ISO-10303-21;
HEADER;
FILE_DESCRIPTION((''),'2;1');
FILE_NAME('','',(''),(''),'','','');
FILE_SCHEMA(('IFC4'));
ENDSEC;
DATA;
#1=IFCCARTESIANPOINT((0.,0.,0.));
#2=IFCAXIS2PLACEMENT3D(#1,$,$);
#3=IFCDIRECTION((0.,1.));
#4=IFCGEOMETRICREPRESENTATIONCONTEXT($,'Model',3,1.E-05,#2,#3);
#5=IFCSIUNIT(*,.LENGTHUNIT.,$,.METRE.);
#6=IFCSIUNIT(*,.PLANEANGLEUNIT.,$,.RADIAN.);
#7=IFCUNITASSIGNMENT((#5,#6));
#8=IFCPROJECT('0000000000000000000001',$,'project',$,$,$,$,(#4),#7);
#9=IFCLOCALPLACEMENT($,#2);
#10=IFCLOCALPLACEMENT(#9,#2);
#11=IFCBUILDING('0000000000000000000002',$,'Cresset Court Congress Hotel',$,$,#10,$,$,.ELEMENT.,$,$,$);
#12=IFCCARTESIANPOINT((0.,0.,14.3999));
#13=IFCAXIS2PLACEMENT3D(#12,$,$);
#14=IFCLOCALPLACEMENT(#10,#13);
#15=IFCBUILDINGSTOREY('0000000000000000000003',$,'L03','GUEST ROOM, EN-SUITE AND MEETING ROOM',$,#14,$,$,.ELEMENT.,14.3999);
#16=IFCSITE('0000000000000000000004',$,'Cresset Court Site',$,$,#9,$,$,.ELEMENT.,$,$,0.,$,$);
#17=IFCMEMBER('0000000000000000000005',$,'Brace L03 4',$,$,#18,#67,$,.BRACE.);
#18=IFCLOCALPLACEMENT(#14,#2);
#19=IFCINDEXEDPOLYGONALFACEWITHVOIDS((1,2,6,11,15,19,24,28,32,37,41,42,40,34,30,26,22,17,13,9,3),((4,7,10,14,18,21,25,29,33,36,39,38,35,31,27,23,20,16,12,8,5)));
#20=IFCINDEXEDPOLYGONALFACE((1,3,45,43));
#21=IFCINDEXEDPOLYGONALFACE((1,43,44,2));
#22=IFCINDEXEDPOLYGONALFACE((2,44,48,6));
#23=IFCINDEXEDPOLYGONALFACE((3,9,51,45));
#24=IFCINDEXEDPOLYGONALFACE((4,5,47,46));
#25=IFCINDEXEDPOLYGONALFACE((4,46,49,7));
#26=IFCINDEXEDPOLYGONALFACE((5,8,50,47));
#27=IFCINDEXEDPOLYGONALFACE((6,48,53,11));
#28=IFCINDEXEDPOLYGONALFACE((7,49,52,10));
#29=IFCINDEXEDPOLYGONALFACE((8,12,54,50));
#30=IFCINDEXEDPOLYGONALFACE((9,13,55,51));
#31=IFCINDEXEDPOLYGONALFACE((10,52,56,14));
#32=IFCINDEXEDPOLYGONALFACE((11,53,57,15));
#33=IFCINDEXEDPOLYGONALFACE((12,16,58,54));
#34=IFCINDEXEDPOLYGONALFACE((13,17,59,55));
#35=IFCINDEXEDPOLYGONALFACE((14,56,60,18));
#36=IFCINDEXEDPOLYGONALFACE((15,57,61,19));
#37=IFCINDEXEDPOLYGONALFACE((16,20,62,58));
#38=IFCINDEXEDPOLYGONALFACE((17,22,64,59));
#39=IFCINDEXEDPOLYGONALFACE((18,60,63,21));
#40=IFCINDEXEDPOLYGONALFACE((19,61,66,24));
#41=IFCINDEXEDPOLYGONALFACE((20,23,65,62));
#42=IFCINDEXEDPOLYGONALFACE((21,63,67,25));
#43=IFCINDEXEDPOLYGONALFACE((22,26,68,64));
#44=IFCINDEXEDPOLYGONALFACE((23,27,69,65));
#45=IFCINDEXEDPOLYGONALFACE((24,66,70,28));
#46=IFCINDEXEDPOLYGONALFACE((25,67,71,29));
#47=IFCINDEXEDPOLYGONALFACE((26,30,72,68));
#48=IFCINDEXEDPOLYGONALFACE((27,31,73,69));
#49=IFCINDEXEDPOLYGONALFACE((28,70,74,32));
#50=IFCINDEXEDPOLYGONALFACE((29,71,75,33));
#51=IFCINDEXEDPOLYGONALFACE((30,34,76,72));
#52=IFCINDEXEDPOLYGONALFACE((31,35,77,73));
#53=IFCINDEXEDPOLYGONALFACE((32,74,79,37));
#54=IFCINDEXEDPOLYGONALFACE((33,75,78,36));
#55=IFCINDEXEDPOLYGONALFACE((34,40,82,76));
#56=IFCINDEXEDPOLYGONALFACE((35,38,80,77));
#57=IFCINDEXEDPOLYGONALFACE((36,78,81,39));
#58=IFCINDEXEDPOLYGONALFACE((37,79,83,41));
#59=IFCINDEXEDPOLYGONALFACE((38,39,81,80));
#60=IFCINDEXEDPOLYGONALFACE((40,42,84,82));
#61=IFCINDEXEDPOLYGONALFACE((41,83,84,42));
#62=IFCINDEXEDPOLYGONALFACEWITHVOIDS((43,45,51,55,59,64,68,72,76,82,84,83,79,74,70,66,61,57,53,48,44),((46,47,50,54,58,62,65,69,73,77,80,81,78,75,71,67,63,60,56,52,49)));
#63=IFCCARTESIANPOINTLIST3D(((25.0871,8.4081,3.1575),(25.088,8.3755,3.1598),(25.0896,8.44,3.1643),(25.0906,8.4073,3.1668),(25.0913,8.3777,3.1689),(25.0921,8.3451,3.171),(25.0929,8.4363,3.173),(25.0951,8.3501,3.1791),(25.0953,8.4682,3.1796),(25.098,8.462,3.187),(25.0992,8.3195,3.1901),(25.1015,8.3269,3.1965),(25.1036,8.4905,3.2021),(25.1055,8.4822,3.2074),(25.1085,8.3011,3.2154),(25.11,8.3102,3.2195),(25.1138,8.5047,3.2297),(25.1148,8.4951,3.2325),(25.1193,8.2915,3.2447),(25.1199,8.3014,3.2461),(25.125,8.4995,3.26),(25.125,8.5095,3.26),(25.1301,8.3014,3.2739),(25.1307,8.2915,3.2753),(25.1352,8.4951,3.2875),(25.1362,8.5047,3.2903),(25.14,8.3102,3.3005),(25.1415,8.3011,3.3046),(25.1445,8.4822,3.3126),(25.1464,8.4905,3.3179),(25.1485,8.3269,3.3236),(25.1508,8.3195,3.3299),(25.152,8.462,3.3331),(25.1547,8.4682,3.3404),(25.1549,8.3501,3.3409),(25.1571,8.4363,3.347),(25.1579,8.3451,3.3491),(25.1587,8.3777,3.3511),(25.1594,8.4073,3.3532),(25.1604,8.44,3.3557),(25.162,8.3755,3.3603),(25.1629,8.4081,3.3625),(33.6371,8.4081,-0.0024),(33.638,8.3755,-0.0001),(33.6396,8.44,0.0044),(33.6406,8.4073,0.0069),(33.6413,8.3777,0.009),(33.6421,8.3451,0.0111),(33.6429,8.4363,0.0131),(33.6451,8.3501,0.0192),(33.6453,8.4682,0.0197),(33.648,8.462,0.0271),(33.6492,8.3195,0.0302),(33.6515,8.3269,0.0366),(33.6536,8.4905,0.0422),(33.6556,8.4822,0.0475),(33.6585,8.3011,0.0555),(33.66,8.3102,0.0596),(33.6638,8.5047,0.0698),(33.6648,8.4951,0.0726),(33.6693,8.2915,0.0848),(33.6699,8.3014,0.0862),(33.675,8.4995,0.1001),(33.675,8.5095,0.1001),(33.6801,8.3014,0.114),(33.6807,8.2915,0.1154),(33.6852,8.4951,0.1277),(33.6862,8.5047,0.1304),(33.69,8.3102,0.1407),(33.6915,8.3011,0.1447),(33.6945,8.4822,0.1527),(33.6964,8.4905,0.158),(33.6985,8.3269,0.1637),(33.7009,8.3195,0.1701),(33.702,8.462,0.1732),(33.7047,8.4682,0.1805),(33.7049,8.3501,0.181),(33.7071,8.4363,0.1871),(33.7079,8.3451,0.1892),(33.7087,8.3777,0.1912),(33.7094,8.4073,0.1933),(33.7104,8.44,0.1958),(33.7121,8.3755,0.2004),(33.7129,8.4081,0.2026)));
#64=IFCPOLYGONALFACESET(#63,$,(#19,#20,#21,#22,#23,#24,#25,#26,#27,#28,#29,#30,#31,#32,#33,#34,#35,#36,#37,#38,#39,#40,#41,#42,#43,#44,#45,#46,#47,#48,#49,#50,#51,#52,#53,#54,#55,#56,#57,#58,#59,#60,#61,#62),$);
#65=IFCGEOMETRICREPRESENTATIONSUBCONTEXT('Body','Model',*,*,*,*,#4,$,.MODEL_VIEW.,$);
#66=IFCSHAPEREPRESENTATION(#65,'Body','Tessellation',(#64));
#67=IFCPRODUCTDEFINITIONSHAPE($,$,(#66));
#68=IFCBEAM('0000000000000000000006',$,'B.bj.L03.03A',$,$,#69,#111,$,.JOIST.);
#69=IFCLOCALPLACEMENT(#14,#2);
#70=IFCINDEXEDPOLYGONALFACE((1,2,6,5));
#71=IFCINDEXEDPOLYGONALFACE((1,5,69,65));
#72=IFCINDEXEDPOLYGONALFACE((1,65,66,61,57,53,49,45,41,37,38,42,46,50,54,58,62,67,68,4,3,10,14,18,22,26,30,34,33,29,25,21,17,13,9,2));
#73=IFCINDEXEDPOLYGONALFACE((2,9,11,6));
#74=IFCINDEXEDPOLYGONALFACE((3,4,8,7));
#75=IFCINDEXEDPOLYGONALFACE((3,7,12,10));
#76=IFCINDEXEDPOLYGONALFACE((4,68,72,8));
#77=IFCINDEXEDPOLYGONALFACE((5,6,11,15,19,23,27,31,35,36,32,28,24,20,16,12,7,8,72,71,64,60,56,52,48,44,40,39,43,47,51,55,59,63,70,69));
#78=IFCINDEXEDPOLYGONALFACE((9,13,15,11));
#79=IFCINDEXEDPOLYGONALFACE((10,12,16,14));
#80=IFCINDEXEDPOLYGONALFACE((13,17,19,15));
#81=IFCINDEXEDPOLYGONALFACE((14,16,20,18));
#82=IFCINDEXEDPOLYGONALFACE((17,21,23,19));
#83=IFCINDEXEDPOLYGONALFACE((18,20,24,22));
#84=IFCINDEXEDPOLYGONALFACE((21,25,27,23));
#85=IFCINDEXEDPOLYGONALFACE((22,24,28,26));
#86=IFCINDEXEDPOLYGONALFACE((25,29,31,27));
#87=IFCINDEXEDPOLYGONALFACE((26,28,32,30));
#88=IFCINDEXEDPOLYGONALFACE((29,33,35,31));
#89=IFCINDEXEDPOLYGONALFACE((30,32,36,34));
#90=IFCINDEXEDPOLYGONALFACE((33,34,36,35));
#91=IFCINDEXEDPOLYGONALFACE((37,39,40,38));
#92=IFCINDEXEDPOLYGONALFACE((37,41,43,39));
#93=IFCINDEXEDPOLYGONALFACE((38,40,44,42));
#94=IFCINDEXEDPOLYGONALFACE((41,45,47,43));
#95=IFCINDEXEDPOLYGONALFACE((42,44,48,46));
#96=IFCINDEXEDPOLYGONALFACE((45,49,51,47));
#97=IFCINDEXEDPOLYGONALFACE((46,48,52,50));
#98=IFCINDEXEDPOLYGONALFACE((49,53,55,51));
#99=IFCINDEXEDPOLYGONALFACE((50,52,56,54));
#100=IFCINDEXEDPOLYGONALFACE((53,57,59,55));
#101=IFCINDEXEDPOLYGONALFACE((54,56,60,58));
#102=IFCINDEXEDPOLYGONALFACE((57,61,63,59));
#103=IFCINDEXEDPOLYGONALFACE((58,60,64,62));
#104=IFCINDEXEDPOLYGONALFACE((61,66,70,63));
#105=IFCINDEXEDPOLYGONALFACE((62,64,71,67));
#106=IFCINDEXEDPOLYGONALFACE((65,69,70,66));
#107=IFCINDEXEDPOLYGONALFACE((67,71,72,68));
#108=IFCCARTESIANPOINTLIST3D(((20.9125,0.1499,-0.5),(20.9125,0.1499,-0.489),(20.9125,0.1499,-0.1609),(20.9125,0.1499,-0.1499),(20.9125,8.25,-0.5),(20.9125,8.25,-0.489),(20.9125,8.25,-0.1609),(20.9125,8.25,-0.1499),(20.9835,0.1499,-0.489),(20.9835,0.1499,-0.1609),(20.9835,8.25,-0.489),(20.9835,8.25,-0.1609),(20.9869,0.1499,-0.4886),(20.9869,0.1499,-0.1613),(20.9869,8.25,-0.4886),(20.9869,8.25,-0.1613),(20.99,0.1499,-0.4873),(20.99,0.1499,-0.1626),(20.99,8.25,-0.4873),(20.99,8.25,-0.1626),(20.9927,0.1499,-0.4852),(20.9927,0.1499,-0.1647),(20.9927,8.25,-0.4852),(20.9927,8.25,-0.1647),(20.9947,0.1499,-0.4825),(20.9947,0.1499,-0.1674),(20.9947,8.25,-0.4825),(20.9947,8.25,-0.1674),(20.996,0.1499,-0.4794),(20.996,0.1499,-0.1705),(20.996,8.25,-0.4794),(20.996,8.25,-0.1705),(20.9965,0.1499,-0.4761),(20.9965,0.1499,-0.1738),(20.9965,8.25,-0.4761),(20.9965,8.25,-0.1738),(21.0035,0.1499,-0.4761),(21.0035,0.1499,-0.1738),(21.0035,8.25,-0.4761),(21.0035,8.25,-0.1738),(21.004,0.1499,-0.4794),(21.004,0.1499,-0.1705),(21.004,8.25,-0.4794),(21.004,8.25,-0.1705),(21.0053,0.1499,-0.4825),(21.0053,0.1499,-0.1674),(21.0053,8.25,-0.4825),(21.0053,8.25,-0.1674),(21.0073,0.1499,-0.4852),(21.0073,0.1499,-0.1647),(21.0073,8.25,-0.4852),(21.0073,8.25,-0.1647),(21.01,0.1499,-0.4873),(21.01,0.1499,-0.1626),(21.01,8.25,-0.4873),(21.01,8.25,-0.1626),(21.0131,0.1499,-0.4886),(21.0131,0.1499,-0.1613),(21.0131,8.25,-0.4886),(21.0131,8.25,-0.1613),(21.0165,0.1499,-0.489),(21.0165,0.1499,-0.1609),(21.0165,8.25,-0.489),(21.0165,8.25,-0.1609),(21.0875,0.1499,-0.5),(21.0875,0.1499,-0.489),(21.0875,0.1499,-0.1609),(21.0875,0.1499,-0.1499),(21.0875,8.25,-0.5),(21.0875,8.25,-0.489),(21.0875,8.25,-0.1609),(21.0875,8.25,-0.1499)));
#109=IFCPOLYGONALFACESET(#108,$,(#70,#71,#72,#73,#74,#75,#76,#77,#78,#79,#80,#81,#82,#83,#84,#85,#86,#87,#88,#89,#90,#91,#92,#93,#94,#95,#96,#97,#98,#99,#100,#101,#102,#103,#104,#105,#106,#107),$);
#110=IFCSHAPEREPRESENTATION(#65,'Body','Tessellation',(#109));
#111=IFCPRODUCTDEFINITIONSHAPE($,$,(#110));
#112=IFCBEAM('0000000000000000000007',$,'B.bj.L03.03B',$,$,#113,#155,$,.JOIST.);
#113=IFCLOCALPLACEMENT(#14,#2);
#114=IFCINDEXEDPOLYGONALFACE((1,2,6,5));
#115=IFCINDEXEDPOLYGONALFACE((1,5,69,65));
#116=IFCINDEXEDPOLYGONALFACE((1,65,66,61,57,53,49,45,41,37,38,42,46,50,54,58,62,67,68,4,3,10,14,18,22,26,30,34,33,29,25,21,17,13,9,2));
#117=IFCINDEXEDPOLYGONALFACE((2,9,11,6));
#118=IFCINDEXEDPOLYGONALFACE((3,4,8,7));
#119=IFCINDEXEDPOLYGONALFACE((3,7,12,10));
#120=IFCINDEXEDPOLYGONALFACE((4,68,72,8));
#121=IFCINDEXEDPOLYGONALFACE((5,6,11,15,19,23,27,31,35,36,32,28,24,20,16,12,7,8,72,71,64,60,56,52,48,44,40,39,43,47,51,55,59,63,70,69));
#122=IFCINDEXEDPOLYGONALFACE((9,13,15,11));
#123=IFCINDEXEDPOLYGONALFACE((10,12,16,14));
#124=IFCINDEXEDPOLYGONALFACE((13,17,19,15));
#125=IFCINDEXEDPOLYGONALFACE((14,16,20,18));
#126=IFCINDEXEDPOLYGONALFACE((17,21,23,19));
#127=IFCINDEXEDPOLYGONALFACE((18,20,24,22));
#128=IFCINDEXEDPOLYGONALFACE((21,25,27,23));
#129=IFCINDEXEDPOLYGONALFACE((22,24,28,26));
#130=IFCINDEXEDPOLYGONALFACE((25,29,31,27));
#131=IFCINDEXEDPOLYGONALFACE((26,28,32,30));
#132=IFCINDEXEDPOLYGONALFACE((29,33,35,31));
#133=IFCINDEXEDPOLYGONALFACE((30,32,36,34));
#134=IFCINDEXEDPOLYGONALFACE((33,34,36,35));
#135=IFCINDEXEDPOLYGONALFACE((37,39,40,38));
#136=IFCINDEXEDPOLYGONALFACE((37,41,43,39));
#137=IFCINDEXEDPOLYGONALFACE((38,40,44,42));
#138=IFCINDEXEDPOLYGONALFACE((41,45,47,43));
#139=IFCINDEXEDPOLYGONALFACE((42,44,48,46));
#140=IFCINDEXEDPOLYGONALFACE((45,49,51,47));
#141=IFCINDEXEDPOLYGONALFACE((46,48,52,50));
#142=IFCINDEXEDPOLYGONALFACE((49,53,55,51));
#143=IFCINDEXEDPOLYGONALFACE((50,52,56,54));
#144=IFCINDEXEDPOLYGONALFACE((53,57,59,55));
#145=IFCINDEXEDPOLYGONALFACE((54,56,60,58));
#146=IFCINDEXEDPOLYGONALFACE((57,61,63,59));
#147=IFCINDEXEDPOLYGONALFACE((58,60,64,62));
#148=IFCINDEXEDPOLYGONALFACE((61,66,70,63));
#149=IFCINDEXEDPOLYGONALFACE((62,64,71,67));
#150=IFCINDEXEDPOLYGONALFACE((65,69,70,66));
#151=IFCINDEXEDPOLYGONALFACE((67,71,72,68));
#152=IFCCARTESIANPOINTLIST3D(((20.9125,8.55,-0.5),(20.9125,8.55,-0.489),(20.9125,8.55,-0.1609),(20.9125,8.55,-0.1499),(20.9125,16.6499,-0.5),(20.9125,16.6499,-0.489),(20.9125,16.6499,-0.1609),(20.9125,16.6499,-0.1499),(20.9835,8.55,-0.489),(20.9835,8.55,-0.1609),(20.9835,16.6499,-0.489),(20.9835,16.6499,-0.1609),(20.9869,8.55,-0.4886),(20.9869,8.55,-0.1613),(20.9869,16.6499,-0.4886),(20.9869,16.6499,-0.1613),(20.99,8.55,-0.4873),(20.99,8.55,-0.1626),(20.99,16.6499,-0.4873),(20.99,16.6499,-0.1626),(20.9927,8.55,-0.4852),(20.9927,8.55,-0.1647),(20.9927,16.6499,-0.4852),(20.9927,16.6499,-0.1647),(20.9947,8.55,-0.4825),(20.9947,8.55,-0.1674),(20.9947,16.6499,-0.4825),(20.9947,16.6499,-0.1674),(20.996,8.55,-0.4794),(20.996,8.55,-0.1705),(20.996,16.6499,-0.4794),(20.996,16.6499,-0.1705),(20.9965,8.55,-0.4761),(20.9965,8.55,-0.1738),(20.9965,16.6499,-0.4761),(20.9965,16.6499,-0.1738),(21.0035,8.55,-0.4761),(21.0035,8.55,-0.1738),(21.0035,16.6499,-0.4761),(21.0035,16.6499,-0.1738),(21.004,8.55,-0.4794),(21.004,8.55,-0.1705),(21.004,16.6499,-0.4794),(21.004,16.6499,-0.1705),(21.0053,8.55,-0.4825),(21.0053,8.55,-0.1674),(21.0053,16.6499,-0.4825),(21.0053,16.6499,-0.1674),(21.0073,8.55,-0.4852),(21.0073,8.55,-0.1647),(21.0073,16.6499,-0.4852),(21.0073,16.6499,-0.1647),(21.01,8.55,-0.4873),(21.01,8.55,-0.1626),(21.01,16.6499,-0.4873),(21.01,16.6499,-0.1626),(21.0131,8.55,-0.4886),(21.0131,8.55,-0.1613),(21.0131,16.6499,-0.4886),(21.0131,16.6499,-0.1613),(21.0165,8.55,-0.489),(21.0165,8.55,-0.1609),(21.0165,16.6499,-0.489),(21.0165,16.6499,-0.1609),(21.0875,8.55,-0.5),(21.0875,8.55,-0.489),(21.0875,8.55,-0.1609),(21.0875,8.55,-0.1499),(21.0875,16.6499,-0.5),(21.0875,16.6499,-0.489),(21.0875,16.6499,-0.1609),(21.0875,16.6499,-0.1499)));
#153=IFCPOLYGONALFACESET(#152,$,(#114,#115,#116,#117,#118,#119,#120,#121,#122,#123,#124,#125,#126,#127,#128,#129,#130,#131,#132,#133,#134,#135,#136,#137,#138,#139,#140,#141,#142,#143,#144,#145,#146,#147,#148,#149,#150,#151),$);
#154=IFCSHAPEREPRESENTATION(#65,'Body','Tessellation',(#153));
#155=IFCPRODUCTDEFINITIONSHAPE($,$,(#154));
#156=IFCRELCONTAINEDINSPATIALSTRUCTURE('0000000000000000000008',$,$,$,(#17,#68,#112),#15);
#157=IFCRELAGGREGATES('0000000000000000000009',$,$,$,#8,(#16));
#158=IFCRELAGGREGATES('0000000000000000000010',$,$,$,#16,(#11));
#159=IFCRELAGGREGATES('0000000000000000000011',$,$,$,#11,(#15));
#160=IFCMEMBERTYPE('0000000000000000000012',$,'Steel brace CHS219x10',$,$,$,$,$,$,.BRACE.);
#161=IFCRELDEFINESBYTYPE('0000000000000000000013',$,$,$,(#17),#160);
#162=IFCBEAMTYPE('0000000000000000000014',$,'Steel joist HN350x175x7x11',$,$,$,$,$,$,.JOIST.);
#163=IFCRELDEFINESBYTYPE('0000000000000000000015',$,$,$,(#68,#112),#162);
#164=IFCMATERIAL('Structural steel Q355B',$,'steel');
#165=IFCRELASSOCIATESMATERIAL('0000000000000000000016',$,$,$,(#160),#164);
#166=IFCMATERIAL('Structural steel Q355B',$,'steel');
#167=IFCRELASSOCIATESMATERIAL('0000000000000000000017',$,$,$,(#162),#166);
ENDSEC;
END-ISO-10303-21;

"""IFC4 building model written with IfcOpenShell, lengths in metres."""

from ifc_helpers import new_model, si_unit, direction, frame, origin, origin_2d, place, context, subcontext, project, spatial, hollow_circle, i_section, extrude, material, material_profile, profile_set, type_object, element, save


model = new_model("IFC4")

# Units and contexts
model_context = context("Model", 3, precision=1e-05, world=origin(), true_north=direction((0.0, 1.0)))
body_context = subcontext(model_context, "Body", "Model", "MODEL_VIEW")
ifc_project = project(units=[si_unit("LENGTHUNIT", "METRE"), si_unit("PLANEANGLEUNIT", "RADIAN")], contexts=[model_context])

# Site, building, storey
site_placement = place(None, origin())
site = spatial("IfcSite", under=ifc_project, at=site_placement, Name="Cresset Court Site", CompositionType="ELEMENT", RefElevation=0.0)
building_placement = place(site_placement, origin())
building = spatial("IfcBuilding", under=site, at=building_placement, Name="Cresset Court Congress Hotel", CompositionType="ELEMENT")
storey_placement = place(building_placement, frame((0.0, 0.0, 14.3999)))
storey = spatial("IfcBuildingStorey", under=building, at=storey_placement, Name="L03", Description="GUEST ROOM, EN-SUITE AND MEETING ROOM", CompositionType="ELEMENT", Elevation=14.3999)

# Member
ifc_material_1 = material(Name="Structural steel Q355B", Category="steel")
ifc_material_profile_1 = material_profile(ifc_material_1, hollow_circle(Radius=0.1096, WallThickness=0.01, at=origin_2d()), Name="CHS219x10")
ifc_profile_set_1 = profile_set([ifc_material_profile_1], Name="Structural steel Q355B")
member_type_1 = type_object("IfcMemberType", Name="Steel brace CHS219x10", PredefinedType="BRACE", material=ifc_profile_set_1)
member_1_placement = place(storey_placement, frame((25.125, 8.3999, 3.26), z_axis=(0.937991, 0.0, -0.346661), x_axis=(0.0, 1.0, 0.0)))
element("IfcMember", 1, at=member_1_placement, inside=storey, type_object=member_type_1, Name="Brace L03 4", PredefinedType="BRACE", context=body_context, shape_type="SweptSolid", body=[
    extrude(hollow_circle(Radius=0.1096, WallThickness=0.01, at=origin_2d()), origin(), (0.0, 0.0, 1.0), 9.1152),
])

# Beams
ifc_material_2 = material(Name="Structural steel Q355B", Category="steel")
ifc_material_profile_2 = material_profile(ifc_material_2, i_section(OverallWidth=0.175, OverallDepth=0.3501, WebThickness=0.0071, FlangeThickness=0.011, FilletRadius=0.0129, at=origin_2d()), Name="HN350x175x7x11")
ifc_profile_set_2 = profile_set([ifc_material_profile_2], Name="Structural steel Q355B")
beam_type_1 = type_object("IfcBeamType", Name="Steel joist HN350x175x7x11", PredefinedType="JOIST", material=ifc_profile_set_2)
beam_1_placement = place(storey_placement, frame((21.0, 0.1499, -0.325), z_axis=(0.0, 1.0, 0.0), x_axis=(-1.0, 0.0, 0.0)))
element("IfcBeam", 2, at=beam_1_placement, inside=storey, type_object=beam_type_1, Name="B.bj.L03.03A", PredefinedType="JOIST", context=body_context, shape_type="SweptSolid", body=[
    extrude(i_section(OverallWidth=0.175, OverallDepth=0.3501, WebThickness=0.0071, FlangeThickness=0.011, FilletRadius=0.0129, at=origin_2d()), origin(), (0.0, 0.0, 1.0), 8.1001),
])
beam_2_placement = place(storey_placement, frame((21.0, 8.55, -0.325), z_axis=(0.0, 1.0, 0.0), x_axis=(-1.0, 0.0, 0.0)))
element("IfcBeam", 3, at=beam_2_placement, inside=storey, type_object=beam_type_1, Name="B.bj.L03.03B", PredefinedType="JOIST", context=body_context, shape_type="SweptSolid", body=[
    extrude(i_section(OverallWidth=0.175, OverallDepth=0.3501, WebThickness=0.0071, FlangeThickness=0.011, FilletRadius=0.0129, at=origin_2d()), origin(), (0.0, 0.0, 1.0), 8.0999),
])

save(model, "model.ifc")
